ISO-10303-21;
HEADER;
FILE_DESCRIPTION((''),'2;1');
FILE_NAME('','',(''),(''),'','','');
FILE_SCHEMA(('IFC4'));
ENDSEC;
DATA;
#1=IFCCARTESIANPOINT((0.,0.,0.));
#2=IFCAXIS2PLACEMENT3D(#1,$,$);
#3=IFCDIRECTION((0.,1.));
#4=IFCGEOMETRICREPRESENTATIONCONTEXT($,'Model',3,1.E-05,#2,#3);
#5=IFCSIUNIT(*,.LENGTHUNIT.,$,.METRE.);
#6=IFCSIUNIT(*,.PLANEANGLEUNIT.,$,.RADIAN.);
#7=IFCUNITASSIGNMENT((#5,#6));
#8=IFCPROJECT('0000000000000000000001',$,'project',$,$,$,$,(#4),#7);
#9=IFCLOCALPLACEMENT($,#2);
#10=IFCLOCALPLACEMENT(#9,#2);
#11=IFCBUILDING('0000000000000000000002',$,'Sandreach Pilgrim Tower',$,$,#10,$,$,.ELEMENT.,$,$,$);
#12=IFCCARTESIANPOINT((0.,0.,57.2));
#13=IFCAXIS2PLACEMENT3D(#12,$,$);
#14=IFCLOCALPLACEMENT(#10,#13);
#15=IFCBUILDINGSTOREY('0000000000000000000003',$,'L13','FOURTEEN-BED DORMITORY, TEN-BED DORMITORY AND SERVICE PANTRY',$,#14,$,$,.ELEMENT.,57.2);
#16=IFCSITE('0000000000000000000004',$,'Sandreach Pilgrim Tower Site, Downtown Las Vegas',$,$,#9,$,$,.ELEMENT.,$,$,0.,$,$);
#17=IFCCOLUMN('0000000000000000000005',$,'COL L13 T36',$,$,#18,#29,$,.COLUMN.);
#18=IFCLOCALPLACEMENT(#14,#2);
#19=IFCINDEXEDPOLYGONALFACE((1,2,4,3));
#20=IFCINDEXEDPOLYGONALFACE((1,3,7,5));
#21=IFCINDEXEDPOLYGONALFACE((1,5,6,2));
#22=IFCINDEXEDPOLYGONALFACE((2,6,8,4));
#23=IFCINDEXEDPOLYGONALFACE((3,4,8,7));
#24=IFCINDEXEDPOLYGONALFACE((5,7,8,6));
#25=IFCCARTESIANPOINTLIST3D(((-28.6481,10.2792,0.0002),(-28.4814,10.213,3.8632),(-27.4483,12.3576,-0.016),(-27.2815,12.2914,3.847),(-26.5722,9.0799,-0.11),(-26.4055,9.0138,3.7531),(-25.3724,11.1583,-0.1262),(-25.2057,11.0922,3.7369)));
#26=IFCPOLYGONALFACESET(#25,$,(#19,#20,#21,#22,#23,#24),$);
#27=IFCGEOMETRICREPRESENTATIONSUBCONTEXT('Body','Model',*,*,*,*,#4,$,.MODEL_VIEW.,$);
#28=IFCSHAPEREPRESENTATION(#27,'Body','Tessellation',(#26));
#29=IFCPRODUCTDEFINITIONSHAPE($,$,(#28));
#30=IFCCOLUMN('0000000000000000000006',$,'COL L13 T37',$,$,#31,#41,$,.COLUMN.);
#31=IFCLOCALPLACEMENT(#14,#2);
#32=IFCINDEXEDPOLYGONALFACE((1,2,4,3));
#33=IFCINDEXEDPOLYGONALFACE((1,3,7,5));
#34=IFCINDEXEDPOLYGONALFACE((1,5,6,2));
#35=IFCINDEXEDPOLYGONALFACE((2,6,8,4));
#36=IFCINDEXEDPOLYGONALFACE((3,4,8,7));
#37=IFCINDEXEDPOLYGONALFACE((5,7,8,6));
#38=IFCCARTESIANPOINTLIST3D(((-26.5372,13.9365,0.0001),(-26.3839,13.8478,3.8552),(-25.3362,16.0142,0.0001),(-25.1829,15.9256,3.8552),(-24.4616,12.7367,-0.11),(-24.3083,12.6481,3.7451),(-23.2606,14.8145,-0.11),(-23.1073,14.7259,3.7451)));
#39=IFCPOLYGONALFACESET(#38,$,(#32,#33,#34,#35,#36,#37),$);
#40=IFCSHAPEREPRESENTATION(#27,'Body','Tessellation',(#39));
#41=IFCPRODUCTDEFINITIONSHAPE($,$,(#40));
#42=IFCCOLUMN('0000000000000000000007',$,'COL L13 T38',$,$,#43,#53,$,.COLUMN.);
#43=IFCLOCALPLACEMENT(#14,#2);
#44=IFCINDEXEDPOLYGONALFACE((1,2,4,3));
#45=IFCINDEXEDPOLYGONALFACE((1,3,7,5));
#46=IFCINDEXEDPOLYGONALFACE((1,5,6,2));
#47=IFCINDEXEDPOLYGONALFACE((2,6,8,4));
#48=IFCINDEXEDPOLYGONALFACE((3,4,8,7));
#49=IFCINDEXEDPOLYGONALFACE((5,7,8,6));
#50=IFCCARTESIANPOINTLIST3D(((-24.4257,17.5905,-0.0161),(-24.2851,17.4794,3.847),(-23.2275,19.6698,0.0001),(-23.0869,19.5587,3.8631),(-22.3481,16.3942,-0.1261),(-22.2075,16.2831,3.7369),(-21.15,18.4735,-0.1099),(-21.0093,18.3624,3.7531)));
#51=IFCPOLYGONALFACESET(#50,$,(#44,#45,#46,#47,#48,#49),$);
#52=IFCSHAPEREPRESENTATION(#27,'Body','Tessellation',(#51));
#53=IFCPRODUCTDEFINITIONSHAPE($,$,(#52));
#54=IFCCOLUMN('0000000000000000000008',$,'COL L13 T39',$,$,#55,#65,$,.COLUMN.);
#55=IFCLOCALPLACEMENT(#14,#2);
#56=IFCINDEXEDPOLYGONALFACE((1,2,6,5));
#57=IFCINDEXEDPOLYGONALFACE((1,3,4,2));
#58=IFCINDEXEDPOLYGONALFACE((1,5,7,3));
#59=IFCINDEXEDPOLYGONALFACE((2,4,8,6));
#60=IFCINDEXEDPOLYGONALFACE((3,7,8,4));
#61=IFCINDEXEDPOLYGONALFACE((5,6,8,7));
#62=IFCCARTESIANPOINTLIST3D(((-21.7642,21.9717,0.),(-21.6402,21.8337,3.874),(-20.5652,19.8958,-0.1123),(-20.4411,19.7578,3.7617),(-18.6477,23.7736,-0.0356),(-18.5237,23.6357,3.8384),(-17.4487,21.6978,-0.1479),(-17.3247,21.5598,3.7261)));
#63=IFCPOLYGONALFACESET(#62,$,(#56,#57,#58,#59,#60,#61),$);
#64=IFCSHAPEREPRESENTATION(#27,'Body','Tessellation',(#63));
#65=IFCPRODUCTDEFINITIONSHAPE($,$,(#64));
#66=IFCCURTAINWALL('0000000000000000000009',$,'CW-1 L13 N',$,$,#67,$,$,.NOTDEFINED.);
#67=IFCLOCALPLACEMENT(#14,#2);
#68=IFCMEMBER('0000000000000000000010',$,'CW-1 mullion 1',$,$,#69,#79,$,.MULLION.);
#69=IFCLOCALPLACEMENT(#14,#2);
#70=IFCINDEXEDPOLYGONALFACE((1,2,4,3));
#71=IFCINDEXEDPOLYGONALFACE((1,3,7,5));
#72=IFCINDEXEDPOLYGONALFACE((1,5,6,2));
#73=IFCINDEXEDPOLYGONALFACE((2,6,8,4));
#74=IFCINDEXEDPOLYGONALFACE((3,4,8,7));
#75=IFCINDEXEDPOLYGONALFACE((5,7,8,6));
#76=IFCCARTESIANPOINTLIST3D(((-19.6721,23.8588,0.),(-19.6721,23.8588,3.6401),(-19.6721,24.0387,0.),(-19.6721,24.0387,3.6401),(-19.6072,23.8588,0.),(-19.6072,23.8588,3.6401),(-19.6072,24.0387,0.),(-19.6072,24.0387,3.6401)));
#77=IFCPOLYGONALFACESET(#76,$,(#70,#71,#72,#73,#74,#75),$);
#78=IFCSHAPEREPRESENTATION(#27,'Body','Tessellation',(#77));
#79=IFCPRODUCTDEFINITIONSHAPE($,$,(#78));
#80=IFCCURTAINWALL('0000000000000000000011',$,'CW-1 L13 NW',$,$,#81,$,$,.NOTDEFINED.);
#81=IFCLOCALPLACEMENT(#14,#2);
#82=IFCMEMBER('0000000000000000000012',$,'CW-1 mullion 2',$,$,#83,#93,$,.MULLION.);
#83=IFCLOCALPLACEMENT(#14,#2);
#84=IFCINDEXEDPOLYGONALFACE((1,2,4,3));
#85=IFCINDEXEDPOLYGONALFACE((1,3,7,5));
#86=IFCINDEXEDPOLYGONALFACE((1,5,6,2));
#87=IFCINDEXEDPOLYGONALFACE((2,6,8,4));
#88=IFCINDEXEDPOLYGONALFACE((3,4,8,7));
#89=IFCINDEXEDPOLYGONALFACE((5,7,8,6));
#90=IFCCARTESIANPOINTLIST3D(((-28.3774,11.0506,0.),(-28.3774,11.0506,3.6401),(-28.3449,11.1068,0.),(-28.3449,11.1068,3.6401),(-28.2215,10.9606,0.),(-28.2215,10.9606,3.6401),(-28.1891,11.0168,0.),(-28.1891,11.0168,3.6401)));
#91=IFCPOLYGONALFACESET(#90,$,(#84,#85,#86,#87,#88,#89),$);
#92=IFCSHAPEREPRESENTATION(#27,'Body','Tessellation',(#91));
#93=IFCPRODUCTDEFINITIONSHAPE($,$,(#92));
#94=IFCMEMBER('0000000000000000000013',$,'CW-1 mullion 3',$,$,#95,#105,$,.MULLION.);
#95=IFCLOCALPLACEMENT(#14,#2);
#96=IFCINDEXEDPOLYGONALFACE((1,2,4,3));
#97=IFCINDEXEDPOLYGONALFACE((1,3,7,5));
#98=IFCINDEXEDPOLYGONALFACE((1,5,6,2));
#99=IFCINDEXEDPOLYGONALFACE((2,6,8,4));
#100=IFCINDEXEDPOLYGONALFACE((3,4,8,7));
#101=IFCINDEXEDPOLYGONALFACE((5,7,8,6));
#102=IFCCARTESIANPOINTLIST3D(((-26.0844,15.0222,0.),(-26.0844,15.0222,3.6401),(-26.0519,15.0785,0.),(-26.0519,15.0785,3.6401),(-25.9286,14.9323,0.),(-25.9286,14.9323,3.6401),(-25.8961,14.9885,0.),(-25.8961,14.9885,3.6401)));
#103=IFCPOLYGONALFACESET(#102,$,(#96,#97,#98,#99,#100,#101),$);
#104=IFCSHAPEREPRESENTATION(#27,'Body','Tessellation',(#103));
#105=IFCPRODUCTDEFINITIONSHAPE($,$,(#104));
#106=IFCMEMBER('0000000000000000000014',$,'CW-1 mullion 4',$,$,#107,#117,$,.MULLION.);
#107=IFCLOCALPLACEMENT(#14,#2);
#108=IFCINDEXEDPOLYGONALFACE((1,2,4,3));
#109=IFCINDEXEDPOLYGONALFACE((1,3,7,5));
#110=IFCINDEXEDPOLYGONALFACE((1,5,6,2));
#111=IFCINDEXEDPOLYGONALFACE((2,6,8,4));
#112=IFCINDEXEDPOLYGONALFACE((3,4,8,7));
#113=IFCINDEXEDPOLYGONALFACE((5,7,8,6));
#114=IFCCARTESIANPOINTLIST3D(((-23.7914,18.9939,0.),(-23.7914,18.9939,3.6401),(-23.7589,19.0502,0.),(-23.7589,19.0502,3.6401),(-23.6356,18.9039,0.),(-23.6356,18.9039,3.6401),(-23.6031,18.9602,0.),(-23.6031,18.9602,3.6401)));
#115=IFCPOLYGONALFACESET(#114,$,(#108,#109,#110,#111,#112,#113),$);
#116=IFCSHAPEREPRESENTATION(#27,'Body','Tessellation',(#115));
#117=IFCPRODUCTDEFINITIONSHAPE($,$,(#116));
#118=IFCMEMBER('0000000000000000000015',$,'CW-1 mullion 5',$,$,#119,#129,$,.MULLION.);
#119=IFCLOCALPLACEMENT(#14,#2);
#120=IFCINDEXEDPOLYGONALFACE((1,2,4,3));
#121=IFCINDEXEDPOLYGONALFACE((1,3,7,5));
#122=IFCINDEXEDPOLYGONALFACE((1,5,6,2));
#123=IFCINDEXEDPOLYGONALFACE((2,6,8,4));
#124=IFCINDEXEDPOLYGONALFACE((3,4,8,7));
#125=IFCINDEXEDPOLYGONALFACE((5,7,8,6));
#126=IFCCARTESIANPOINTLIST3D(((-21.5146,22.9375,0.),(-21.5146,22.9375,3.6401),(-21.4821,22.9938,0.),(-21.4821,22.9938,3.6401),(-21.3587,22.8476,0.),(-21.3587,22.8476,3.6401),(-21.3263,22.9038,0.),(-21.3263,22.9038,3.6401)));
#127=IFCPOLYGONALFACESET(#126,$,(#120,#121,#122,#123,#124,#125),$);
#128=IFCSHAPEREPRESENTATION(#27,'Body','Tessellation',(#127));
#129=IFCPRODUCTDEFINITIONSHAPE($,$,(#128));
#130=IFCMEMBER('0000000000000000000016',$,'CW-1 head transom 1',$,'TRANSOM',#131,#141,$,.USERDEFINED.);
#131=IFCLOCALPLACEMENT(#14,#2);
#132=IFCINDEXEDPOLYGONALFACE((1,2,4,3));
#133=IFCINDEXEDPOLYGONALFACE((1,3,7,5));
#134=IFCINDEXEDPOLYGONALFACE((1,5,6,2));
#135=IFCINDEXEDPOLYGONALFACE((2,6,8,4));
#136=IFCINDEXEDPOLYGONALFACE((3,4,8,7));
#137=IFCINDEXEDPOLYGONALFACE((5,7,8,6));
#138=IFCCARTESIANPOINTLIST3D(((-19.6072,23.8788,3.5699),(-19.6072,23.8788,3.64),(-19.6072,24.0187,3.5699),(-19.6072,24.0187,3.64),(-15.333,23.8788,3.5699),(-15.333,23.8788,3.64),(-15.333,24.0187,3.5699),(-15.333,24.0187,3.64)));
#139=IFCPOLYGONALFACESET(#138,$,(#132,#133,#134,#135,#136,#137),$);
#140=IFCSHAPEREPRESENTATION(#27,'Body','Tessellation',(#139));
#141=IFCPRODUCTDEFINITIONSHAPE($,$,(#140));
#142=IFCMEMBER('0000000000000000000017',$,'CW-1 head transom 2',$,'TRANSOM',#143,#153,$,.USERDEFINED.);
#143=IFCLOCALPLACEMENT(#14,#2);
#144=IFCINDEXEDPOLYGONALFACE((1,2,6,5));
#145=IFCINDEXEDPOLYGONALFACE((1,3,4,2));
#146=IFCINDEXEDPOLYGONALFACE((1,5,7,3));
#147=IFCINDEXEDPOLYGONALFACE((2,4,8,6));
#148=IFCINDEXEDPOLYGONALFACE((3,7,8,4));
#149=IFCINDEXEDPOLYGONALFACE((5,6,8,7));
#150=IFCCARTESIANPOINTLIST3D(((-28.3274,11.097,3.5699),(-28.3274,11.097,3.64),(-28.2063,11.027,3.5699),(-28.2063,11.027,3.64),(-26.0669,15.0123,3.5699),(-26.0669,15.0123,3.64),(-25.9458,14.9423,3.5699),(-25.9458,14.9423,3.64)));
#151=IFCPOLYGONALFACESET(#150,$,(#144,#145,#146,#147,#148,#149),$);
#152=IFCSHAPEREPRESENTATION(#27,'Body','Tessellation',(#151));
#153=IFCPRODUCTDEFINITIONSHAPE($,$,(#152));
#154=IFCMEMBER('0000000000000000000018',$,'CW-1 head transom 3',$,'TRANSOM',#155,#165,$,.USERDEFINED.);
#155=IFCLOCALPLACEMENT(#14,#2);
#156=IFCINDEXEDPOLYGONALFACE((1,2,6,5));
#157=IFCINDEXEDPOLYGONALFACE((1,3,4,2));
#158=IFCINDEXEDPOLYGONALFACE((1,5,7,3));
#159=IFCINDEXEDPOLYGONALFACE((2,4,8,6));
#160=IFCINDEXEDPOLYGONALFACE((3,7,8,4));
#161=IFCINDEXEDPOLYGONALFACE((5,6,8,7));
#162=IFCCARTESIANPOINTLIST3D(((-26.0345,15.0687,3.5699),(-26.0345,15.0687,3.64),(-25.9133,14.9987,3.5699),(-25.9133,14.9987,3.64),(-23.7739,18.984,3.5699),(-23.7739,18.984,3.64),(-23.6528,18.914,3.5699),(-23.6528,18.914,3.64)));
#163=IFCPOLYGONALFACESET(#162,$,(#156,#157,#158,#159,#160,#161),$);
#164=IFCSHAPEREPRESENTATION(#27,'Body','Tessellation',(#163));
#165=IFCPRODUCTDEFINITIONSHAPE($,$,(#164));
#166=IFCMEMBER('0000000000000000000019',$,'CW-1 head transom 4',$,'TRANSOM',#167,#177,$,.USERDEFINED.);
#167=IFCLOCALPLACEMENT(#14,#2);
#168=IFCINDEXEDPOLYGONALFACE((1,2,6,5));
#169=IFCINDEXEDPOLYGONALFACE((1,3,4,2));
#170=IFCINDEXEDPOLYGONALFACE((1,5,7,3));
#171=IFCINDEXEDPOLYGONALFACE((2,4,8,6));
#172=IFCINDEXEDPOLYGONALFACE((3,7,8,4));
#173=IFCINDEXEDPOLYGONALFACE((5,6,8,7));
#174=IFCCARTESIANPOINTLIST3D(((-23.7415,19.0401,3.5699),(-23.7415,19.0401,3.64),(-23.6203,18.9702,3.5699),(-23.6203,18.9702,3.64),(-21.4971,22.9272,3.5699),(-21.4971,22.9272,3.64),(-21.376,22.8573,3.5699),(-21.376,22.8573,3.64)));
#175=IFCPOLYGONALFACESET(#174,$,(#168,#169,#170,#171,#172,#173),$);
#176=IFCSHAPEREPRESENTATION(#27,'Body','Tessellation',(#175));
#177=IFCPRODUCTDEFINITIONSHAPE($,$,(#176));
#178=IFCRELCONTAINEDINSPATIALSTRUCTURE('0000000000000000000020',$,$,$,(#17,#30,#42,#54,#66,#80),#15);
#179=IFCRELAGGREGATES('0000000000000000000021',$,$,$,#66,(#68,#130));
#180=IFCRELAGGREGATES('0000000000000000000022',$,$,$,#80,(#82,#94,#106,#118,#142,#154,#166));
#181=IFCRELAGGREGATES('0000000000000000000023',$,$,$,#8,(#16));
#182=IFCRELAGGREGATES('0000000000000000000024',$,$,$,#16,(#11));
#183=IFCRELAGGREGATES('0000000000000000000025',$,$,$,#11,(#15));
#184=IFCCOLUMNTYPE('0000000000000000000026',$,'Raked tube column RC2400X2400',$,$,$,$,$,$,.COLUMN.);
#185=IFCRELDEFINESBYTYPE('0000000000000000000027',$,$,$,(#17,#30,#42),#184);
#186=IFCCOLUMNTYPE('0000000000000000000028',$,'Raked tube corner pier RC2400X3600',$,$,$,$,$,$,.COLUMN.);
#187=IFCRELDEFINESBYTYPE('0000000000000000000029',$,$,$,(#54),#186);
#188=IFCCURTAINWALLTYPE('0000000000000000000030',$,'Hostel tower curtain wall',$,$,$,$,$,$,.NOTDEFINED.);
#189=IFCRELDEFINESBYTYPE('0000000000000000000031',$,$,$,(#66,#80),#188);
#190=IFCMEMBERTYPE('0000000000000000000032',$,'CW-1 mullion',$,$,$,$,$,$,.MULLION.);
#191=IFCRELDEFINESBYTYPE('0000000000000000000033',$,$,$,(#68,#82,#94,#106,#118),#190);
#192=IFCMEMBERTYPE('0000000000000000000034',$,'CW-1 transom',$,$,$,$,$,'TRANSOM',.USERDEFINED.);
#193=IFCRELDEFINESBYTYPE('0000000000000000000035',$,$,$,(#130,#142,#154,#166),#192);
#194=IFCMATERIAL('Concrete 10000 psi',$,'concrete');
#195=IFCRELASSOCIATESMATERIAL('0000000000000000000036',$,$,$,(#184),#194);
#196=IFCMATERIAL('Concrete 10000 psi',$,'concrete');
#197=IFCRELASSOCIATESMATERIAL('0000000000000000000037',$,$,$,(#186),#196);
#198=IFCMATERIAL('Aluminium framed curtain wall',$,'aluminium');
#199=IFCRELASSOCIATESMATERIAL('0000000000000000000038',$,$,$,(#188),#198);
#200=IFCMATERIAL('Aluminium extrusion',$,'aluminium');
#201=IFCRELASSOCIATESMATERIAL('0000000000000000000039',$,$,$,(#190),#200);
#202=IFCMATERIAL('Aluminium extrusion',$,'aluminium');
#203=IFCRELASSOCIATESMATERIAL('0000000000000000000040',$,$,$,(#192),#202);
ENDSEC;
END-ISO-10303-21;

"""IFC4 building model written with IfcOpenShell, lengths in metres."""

from ifc_helpers import new_model, si_unit, direction, frame, origin, origin_2d, place, context, subcontext, project, spatial, rectangle, extrude, material, material_profile, profile_set, type_object, element, aggregate, save


model = new_model("IFC4")

# Units and contexts
model_context = context("Model", 3, precision=1e-05, world=origin(), true_north=direction((0.0, 1.0)))
body_context = subcontext(model_context, "Body", "Model", "MODEL_VIEW")
ifc_project = project(units=[si_unit("LENGTHUNIT", "METRE"), si_unit("PLANEANGLEUNIT", "RADIAN")], contexts=[model_context])

# Site, building, storey
site_placement = place(None, origin())
site = spatial("IfcSite", under=ifc_project, at=site_placement, Name="Sandreach Pilgrim Tower Site, Downtown Las Vegas", CompositionType="ELEMENT", RefElevation=0.0)
building_placement = place(site_placement, origin())
building = spatial("IfcBuilding", under=site, at=building_placement, Name="Sandreach Pilgrim Tower", CompositionType="ELEMENT")
storey_placement = place(building_placement, frame((0.0, 0.0, 57.2)))
storey = spatial("IfcBuildingStorey", under=building, at=storey_placement, Name="L13", Description="FOURTEEN-BED DORMITORY, TEN-BED DORMITORY AND SERVICE PANTRY", CompositionType="ELEMENT", Elevation=57.2)

# Columns
ifc_material_1 = material(Name="Concrete 10000 psi", Category="concrete")
ifc_material_profile_1 = material_profile(ifc_material_1, rectangle(XDim=2.3999, YDim=2.3999, at=origin_2d()), Name="RC2400X2400")
ifc_profile_set_1 = profile_set([ifc_material_profile_1], Name="Concrete 10000 psi")
column_type_1 = type_object("IfcColumnType", Name="Raked tube column RC2400X2400", PredefinedType="COLUMN", material=ifc_profile_set_1)
column_1_placement = place(storey_placement, frame((-27.0103, 10.7188, -0.063), z_axis=(0.043119, -0.017109, 0.998923), x_axis=(-0.864986, 0.499693, 0.045895)))
element("IfcColumn", 1, at=column_1_placement, inside=storey, type_object=column_type_1, Name="COL L13 T36", PredefinedType="COLUMN", context=body_context, shape_type="SweptSolid", body=[
    extrude(rectangle(XDim=2.3999, YDim=2.3999, at=origin_2d()), origin(), (0.0, 0.0, 1.0), 3.8672),
])
column_2_placement = place(storey_placement, frame((-24.8989, 14.3755, -0.0549), z_axis=(0.03973, -0.022965, 0.998947), x_axis=(-0.86486, 0.499911, 0.04589)))
element("IfcColumn", 2, at=column_2_placement, inside=storey, type_object=column_type_1, Name="COL L13 T37", PredefinedType="COLUMN", context=body_context, shape_type="SweptSolid", body=[
    extrude(rectangle(XDim=2.3999, YDim=2.3999, at=origin_2d()), origin(), (0.0, 0.0, 1.0), 3.8591),
])
column_3_placement = place(storey_placement, frame((-22.7878, 18.032, -0.063), z_axis=(0.036364, -0.028725, 0.998926), x_axis=(-0.86569, 0.498476, 0.045847)))
element("IfcColumn", 3, at=column_3_placement, inside=storey, type_object=column_type_1, Name="COL L13 T38", PredefinedType="COLUMN", context=body_context, shape_type="SweptSolid", body=[
    extrude(rectangle(XDim=2.3999, YDim=2.3999, at=origin_2d()), origin(), (0.0, 0.0, 1.0), 3.8672),
])
ifc_material_2 = material(Name="Concrete 10000 psi", Category="concrete")
ifc_material_profile_2 = material_profile(ifc_material_2, rectangle(XDim=2.3999, YDim=3.6001, at=origin_2d()), Name="RC2400X3600")
ifc_profile_set_2 = profile_set([ifc_material_profile_2], Name="Concrete 10000 psi")
column_type_2 = type_object("IfcColumnType", Name="Raked tube corner pier RC2400X3600", PredefinedType="COLUMN", material=ifc_profile_set_2)
column_4_placement = place(storey_placement, frame((-19.6064, 21.8347, -0.074), z_axis=(0.031977, -0.035566, 0.998856), x_axis=(-0.499614, 0.864983, 0.046794)))
element("IfcColumn", 4, at=column_4_placement, inside=storey, type_object=column_type_2, Name="COL L13 T39", PredefinedType="COLUMN", context=body_context, shape_type="SweptSolid", body=[
    extrude(rectangle(XDim=2.3999, YDim=3.6001, at=origin_2d()), origin(), (0.0, 0.0, 1.0), 3.8784),
])

# Curtain wall, member
ifc_material_3 = material(Name="Aluminium framed curtain wall", Category="aluminium")
curtain_wall_type = type_object("IfcCurtainWallType", Name="Hostel tower curtain wall", PredefinedType="NOTDEFINED", material=ifc_material_3)
curtain_wall_1_placement = place(storey_placement, origin())
curtain_wall_1 = element("IfcCurtainWall", 5, at=curtain_wall_1_placement, inside=storey, type_object=curtain_wall_type, Name="CW-1 L13 N", PredefinedType="NOTDEFINED")
ifc_material_4 = material(Name="Aluminium extrusion", Category="aluminium")
ifc_material_profile_3 = material_profile(ifc_material_4, rectangle(XDim=0.0649, YDim=0.1799, at=origin_2d()), Name="CW-1M 65X180")
ifc_profile_set_3 = profile_set([ifc_material_profile_3], Name="Aluminium extrusion")
member_type_1 = type_object("IfcMemberType", Name="CW-1 mullion", PredefinedType="MULLION", material=ifc_profile_set_3)
member_1_placement = place(storey_placement, frame((-19.6396, 23.9487, 0.0), z_axis=(0.0, 0.0, 1.0), x_axis=(1.0, 0.0, 0.0)))
member_1 = element("IfcMember", 6, at=member_1_placement, type_object=member_type_1, Name="CW-1 mullion 1", PredefinedType="MULLION", context=body_context, shape_type="SweptSolid", body=[
    extrude(rectangle(XDim=0.0649, YDim=0.1799, at=origin_2d()), origin(), (0.0, 0.0, 1.0), 3.6401),
])

# Curtain wall, members
curtain_wall_2_placement = place(storey_placement, origin())
curtain_wall_2 = element("IfcCurtainWall", 7, at=curtain_wall_2_placement, inside=storey, type_object=curtain_wall_type, Name="CW-1 L13 NW", PredefinedType="NOTDEFINED")
member_2_placement = place(storey_placement, frame((-28.2832, 11.0337, 0.0), z_axis=(0.0, 0.0, 1.0), x_axis=(0.5, 0.866025, 0.0)))
member_2 = element("IfcMember", 8, at=member_2_placement, type_object=member_type_1, Name="CW-1 mullion 2", PredefinedType="MULLION", context=body_context, shape_type="SweptSolid", body=[
    extrude(rectangle(XDim=0.0649, YDim=0.1799, at=origin_2d()), origin(), (0.0, 0.0, 1.0), 3.6401),
])
member_3_placement = place(storey_placement, frame((-25.9902, 15.0054, 0.0), z_axis=(0.0, 0.0, 1.0), x_axis=(0.5, 0.866025, 0.0)))
member_3 = element("IfcMember", 9, at=member_3_placement, type_object=member_type_1, Name="CW-1 mullion 3", PredefinedType="MULLION", context=body_context, shape_type="SweptSolid", body=[
    extrude(rectangle(XDim=0.0649, YDim=0.1799, at=origin_2d()), origin(), (0.0, 0.0, 1.0), 3.6401),
])
member_4_placement = place(storey_placement, frame((-23.6973, 18.9771, 0.0), z_axis=(0.0, 0.0, 1.0), x_axis=(0.5, 0.866025, 0.0)))
member_4 = element("IfcMember", 10, at=member_4_placement, type_object=member_type_1, Name="CW-1 mullion 4", PredefinedType="MULLION", context=body_context, shape_type="SweptSolid", body=[
    extrude(rectangle(XDim=0.0649, YDim=0.1799, at=origin_2d()), origin(), (0.0, 0.0, 1.0), 3.6401),
])
member_5_placement = place(storey_placement, frame((-21.4204, 22.9207, 0.0), z_axis=(0.0, 0.0, 1.0), x_axis=(0.5, 0.866025, 0.0)))
member_5 = element("IfcMember", 11, at=member_5_placement, type_object=member_type_1, Name="CW-1 mullion 5", PredefinedType="MULLION", context=body_context, shape_type="SweptSolid", body=[
    extrude(rectangle(XDim=0.0649, YDim=0.1799, at=origin_2d()), origin(), (0.0, 0.0, 1.0), 3.6401),
])

# Members
ifc_material_5 = material(Name="Aluminium extrusion", Category="aluminium")
ifc_material_profile_4 = material_profile(ifc_material_5, rectangle(XDim=0.1399, YDim=0.0701, at=origin_2d()), Name="CW-1T 140X70")
ifc_profile_set_4 = profile_set([ifc_material_profile_4], Name="Aluminium extrusion")
member_type_2 = type_object("IfcMemberType", Name="CW-1 transom", ElementType="TRANSOM", PredefinedType="USERDEFINED", material=ifc_profile_set_4)
member_6_placement = place(storey_placement, frame((-19.6072, 23.9487, 3.605), z_axis=(1.0, 0.0, 0.0), x_axis=(0.0, 1.0, 0.0)))
member_6 = element("IfcMember", 12, at=member_6_placement, type_object=member_type_2, Name="CW-1 head transom 1", ObjectType="TRANSOM", PredefinedType="USERDEFINED", context=body_context, shape_type="SweptSolid", body=[
    extrude(rectangle(XDim=0.1399, YDim=0.0701, at=origin_2d()), origin(), (0.0, 0.0, 1.0), 4.2742),
])
aggregate(curtain_wall_1, [member_1, member_6])
member_7_placement = place(storey_placement, frame((-28.2668, 11.062, 3.605), z_axis=(0.500001, 0.866025, 0.0), x_axis=(-0.866025, 0.500001, 0.0)))
member_7 = element("IfcMember", 13, at=member_7_placement, type_object=member_type_2, Name="CW-1 head transom 2", ObjectType="TRANSOM", PredefinedType="USERDEFINED", context=body_context, shape_type="SweptSolid", body=[
    extrude(rectangle(XDim=0.1399, YDim=0.0701, at=origin_2d()), origin(), (0.0, 0.0, 1.0), 4.521),
])
member_8_placement = place(storey_placement, frame((-25.9739, 15.0337, 3.605), z_axis=(0.500001, 0.866025, 0.0), x_axis=(-0.866025, 0.500001, 0.0)))
member_8 = element("IfcMember", 14, at=member_8_placement, type_object=member_type_2, Name="CW-1 head transom 3", ObjectType="TRANSOM", PredefinedType="USERDEFINED", context=body_context, shape_type="SweptSolid", body=[
    extrude(rectangle(XDim=0.1399, YDim=0.0701, at=origin_2d()), origin(), (0.0, 0.0, 1.0), 4.521),
])
member_9_placement = place(storey_placement, frame((-23.6809, 19.0051, 3.605), z_axis=(0.500018, 0.866015, 0.0), x_axis=(-0.866015, 0.500018, 0.0)))
member_9 = element("IfcMember", 15, at=member_9_placement, type_object=member_type_2, Name="CW-1 head transom 4", ObjectType="TRANSOM", PredefinedType="USERDEFINED", context=body_context, shape_type="SweptSolid", body=[
    extrude(rectangle(XDim=0.1399, YDim=0.0701, at=origin_2d()), origin(), (0.0, 0.0, 1.0), 4.4885),
])

aggregate(curtain_wall_2, [member_2, member_3, member_4, member_5, member_7, member_8, member_9])

save(model, "model.ifc")
